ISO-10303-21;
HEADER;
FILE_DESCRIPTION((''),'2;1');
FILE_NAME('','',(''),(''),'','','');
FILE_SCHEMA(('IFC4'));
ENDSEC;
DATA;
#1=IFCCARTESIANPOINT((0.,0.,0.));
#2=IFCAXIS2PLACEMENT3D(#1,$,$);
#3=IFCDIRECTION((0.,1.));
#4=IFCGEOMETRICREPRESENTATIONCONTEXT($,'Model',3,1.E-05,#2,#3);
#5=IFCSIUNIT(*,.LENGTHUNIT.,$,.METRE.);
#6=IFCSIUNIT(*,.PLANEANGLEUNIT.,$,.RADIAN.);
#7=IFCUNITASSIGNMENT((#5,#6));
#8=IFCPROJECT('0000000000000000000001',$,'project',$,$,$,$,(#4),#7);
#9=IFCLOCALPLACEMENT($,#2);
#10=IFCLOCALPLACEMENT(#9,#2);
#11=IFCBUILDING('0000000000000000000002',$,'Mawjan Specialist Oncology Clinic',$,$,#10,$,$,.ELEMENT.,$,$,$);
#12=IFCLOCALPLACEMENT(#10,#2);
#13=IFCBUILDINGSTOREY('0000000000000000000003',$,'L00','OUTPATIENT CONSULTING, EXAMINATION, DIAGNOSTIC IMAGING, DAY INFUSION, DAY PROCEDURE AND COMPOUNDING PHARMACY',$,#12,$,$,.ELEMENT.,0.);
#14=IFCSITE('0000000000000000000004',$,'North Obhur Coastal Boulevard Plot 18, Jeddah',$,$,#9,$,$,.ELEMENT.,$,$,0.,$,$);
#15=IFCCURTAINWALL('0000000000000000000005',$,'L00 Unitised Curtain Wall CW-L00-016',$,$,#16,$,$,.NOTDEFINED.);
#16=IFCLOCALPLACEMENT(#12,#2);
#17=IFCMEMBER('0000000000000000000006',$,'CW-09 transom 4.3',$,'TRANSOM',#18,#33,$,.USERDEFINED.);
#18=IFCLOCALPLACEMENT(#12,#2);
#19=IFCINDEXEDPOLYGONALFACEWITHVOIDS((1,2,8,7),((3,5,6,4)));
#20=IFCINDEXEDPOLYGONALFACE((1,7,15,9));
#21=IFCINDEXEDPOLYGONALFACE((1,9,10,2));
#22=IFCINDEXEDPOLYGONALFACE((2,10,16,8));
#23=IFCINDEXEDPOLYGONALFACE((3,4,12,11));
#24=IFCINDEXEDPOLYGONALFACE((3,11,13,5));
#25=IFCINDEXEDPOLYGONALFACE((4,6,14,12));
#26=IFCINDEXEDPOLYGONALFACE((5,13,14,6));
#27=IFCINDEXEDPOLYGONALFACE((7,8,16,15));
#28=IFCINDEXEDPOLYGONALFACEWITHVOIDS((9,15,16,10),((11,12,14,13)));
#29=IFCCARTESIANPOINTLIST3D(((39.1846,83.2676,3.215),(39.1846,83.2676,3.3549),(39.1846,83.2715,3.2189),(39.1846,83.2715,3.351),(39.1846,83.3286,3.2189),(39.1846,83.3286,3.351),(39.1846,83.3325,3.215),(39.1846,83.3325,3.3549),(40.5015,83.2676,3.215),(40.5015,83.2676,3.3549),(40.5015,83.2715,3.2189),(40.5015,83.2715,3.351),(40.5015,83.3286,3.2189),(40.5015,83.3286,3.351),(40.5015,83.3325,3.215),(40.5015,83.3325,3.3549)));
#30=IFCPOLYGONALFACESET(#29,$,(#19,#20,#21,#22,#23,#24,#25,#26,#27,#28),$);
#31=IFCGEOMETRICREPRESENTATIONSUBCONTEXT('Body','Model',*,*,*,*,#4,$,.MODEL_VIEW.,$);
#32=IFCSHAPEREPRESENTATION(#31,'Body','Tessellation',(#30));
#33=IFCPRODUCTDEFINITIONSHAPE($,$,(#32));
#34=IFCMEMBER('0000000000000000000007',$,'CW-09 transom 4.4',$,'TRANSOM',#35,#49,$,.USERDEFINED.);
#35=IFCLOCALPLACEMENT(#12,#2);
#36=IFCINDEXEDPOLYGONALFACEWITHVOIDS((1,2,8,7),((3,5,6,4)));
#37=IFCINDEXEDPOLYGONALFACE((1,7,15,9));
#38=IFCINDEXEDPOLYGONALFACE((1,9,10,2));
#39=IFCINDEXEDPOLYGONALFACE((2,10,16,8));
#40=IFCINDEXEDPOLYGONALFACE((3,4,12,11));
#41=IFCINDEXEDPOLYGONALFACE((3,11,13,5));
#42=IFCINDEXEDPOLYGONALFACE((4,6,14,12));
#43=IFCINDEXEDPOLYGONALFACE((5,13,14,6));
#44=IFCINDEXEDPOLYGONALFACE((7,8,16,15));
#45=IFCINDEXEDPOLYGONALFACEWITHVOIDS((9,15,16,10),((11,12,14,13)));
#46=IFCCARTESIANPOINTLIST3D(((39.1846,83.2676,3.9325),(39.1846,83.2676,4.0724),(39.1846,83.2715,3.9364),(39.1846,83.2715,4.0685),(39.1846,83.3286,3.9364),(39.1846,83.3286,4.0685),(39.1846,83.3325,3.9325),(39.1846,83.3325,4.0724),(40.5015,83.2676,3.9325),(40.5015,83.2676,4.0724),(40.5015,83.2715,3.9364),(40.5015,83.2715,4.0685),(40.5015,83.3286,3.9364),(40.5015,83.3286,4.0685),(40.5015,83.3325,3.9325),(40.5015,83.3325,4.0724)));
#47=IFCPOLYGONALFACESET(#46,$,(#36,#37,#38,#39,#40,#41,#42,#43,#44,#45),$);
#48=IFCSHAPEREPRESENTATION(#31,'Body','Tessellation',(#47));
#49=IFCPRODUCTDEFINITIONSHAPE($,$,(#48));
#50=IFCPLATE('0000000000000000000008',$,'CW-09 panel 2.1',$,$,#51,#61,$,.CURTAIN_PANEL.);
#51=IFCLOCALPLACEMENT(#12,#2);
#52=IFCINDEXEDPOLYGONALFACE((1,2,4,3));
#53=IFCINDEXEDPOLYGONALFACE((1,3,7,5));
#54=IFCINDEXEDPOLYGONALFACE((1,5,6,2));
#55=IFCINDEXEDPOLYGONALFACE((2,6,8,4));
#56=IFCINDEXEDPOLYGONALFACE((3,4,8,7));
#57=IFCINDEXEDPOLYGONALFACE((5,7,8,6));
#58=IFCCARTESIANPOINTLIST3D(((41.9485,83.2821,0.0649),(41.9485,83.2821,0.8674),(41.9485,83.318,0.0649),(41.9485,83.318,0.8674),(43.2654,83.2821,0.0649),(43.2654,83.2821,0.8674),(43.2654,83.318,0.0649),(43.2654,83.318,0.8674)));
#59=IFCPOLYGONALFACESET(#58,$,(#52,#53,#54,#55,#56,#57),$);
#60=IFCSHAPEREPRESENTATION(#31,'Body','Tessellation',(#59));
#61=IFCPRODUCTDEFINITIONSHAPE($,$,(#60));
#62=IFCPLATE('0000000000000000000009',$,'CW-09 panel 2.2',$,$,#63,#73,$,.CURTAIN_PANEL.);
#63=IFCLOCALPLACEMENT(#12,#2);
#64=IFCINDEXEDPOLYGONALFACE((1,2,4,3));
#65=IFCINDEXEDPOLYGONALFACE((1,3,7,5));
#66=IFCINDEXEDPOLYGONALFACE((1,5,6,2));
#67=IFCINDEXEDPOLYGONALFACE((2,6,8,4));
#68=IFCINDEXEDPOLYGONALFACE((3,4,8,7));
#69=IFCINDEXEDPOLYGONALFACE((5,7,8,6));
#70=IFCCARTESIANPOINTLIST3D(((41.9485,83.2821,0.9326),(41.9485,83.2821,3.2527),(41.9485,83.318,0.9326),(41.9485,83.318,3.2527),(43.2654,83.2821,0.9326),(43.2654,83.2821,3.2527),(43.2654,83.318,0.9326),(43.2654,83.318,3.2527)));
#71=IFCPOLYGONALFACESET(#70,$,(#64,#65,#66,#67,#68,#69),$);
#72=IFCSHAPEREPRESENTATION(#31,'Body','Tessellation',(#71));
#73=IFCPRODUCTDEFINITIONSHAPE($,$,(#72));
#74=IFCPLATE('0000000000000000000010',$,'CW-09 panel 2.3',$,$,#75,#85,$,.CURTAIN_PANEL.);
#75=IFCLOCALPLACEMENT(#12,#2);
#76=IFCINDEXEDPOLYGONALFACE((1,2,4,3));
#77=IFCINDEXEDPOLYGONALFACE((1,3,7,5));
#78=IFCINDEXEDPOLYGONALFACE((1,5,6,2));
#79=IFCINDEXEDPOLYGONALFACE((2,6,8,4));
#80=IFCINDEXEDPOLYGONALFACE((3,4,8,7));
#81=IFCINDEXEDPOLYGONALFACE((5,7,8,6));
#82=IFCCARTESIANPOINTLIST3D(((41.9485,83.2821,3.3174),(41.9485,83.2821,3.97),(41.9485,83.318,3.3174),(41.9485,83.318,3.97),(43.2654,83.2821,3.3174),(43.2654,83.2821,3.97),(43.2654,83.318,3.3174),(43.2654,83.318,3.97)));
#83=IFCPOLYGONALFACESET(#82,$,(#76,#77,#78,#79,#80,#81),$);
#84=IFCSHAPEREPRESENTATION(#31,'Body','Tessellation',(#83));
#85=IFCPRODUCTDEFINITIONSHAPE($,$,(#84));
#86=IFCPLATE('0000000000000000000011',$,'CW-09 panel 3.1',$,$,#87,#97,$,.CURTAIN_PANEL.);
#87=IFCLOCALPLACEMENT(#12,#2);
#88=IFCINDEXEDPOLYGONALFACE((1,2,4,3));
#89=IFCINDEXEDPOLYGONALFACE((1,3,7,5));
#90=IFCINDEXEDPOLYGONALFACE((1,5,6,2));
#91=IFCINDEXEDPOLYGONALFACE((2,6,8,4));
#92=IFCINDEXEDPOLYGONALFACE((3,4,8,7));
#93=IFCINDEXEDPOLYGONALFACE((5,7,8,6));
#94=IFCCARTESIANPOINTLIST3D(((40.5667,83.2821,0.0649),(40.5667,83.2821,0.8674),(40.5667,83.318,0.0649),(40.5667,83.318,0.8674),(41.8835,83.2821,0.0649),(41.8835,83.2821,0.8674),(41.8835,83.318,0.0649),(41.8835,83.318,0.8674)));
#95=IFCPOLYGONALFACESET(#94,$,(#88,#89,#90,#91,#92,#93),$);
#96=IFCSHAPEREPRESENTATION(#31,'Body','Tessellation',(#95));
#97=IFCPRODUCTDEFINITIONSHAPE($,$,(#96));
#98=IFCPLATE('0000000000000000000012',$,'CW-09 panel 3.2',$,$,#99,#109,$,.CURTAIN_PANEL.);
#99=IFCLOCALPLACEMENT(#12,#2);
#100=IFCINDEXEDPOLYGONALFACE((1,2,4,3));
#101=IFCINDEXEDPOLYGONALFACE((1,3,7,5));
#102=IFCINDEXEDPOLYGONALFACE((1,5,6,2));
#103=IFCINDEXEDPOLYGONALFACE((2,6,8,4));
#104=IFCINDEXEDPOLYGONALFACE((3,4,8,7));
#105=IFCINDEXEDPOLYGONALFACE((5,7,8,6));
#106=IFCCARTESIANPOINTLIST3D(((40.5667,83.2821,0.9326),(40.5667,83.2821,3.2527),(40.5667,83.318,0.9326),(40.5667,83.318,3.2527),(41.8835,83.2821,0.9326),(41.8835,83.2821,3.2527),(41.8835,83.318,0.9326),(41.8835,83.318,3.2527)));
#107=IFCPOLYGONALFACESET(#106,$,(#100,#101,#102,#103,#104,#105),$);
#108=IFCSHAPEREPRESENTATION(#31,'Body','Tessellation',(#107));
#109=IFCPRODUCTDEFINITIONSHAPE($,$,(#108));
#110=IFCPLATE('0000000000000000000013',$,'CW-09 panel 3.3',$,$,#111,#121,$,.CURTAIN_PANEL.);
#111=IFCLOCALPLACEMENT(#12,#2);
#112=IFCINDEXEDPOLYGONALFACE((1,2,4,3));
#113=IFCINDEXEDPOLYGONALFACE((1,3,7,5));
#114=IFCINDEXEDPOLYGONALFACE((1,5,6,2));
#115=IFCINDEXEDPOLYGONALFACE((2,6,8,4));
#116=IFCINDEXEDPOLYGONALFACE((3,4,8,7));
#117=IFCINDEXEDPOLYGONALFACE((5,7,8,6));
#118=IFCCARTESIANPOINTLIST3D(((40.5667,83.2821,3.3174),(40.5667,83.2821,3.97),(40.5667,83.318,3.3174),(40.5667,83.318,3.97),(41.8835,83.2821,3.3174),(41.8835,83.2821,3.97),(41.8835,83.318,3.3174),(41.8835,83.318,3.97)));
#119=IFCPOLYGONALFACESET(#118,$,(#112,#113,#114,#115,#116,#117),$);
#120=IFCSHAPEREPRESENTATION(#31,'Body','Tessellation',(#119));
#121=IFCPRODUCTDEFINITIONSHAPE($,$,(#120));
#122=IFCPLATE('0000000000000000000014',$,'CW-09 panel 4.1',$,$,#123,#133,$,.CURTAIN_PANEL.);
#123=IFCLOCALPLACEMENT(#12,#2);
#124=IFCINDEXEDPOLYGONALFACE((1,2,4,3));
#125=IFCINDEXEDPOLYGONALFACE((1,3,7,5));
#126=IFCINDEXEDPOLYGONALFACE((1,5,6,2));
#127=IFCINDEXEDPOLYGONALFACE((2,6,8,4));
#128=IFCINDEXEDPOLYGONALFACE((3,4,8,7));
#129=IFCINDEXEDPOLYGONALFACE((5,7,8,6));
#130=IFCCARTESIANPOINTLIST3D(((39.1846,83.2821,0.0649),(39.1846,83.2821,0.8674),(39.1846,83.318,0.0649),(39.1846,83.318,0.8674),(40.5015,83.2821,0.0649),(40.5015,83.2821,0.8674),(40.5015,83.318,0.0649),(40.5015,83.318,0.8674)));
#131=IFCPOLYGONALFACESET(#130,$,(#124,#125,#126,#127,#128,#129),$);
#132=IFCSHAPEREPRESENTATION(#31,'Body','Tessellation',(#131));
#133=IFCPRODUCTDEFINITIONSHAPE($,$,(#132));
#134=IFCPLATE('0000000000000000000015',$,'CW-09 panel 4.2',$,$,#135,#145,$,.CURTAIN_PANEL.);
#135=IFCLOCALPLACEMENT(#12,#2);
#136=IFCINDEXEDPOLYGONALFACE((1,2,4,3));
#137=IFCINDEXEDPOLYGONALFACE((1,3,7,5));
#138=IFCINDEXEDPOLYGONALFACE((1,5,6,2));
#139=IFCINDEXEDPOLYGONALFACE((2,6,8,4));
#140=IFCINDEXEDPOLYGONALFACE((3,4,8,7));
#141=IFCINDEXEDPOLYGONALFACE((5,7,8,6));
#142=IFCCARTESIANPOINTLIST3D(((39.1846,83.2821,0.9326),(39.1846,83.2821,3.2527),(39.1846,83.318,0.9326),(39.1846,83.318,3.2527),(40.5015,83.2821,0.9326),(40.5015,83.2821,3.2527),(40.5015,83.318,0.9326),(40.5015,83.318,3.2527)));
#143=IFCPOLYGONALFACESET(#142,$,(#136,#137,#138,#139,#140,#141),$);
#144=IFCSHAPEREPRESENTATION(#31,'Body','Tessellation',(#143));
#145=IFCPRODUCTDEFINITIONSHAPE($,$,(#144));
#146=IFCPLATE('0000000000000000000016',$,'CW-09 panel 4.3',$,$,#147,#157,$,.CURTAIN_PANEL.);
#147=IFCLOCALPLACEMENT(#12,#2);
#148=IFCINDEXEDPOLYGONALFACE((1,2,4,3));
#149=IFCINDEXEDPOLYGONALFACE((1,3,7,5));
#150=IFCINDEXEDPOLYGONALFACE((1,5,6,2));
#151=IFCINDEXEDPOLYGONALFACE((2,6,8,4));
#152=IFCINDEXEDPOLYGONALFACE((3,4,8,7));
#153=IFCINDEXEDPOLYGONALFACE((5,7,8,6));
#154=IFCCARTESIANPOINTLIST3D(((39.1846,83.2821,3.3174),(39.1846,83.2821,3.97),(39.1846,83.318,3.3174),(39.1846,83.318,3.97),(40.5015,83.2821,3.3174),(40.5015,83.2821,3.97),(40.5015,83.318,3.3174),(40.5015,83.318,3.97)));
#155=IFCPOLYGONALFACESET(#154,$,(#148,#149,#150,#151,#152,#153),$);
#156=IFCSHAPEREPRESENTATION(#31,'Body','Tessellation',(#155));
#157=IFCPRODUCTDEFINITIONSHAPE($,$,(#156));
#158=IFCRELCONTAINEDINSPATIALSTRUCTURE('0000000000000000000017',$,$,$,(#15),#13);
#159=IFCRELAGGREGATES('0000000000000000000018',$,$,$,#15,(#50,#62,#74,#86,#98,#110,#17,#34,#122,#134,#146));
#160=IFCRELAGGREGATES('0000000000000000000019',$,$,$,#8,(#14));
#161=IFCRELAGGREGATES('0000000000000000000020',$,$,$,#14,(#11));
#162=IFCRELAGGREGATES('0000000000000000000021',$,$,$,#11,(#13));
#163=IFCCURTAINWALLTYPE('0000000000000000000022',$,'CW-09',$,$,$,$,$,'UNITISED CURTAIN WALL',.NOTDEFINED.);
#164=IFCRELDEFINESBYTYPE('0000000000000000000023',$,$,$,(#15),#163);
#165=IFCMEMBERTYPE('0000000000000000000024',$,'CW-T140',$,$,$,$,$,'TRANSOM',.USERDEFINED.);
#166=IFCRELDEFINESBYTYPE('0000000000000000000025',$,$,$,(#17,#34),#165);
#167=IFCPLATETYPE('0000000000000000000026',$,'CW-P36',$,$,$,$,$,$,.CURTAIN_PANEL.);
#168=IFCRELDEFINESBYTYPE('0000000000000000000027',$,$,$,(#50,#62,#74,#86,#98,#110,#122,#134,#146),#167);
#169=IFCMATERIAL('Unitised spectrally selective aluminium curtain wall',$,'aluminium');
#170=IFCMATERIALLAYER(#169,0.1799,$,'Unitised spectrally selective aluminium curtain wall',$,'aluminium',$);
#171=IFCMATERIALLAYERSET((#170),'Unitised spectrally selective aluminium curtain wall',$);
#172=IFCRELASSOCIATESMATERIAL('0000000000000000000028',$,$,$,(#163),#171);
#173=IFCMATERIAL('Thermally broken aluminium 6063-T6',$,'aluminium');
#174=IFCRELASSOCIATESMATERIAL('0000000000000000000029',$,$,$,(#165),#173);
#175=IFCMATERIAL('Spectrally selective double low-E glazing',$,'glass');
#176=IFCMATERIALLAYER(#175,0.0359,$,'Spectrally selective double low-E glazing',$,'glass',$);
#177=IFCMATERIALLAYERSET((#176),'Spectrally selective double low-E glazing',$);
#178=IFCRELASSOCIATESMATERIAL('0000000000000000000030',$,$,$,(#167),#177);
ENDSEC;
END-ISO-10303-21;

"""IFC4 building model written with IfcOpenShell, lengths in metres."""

from ifc_helpers import new_model, si_unit, direction, frame, origin, origin_2d, place, context, subcontext, project, spatial, rectangle, hollow_rectangle, extrude, material, layer, layer_set, material_profile, profile_set, type_object, element, aggregate, save


model = new_model("IFC4")

# Units and contexts
model_context = context("Model", 3, precision=1e-05, world=origin(), true_north=direction((0.0, 1.0)))
body_context = subcontext(model_context, "Body", "Model", "MODEL_VIEW")
ifc_project = project(units=[si_unit("LENGTHUNIT", "METRE"), si_unit("PLANEANGLEUNIT", "RADIAN")], contexts=[model_context])

# Site, building, storey
site_placement = place(None, origin())
site = spatial("IfcSite", under=ifc_project, at=site_placement, Name="North Obhur Coastal Boulevard Plot 18, Jeddah", CompositionType="ELEMENT", RefElevation=0.0)
building_placement = place(site_placement, origin())
building = spatial("IfcBuilding", under=site, at=building_placement, Name="Mawjan Specialist Oncology Clinic", CompositionType="ELEMENT")
storey_placement = place(building_placement, origin())
storey = spatial("IfcBuildingStorey", under=building, at=storey_placement, Name="L00", Description="OUTPATIENT CONSULTING, EXAMINATION, DIAGNOSTIC IMAGING, DAY INFUSION, DAY PROCEDURE AND COMPOUNDING PHARMACY", CompositionType="ELEMENT", Elevation=0.0)

# Curtain wall, members, plates
ifc_material_1 = material(Name="Unitised spectrally selective aluminium curtain wall", Category="aluminium")
ifc_layer_1 = layer(ifc_material_1, 0.1799, Name="Unitised spectrally selective aluminium curtain wall", Category="aluminium")
ifc_layer_set_1 = layer_set([ifc_layer_1], Name="Unitised spectrally selective aluminium curtain wall")
curtain_wall_type = type_object("IfcCurtainWallType", Name="CW-09", ElementType="UNITISED CURTAIN WALL", PredefinedType="NOTDEFINED", material=ifc_layer_set_1)
curtain_wall_placement = place(storey_placement, origin())
curtain_wall = element("IfcCurtainWall", 1, at=curtain_wall_placement, inside=storey, type_object=curtain_wall_type, Name="L00 Unitised Curtain Wall CW-L00-016", PredefinedType="NOTDEFINED")
ifc_material_2 = material(Name="Thermally broken aluminium 6063-T6", Category="aluminium")
ifc_material_profile_1 = material_profile(ifc_material_2, hollow_rectangle(XDim=0.0649, YDim=0.1399, WallThickness=0.0039, at=origin_2d()), Name="ALU TRANSOM 140x65x4", Category="aluminium")
ifc_profile_set_1 = profile_set([ifc_material_profile_1], Name="Thermally broken aluminium 6063-T6")
member_type_1 = type_object("IfcMemberType", Name="CW-T140", ElementType="TRANSOM", PredefinedType="USERDEFINED", material=ifc_profile_set_1)
member_1_placement = place(storey_placement, frame((40.5015, 83.3, 3.2849), z_axis=(-1.0, 0.0, 0.0), x_axis=(0.0, -1.0, 0.0)))
member_1 = element("IfcMember", 2, at=member_1_placement, type_object=member_type_1, Name="CW-09 transom 4.3", ObjectType="TRANSOM", PredefinedType="USERDEFINED", context=body_context, shape_type="SweptSolid", body=[
    extrude(hollow_rectangle(XDim=0.0649, YDim=0.1399, WallThickness=0.0039, at=origin_2d()), origin(), (0.0, 0.0, 1.0), 1.3169),
])
member_2_placement = place(storey_placement, frame((40.5015, 83.3, 4.0024), z_axis=(-1.0, 0.0, 0.0), x_axis=(0.0, -1.0, 0.0)))
member_2 = element("IfcMember", 3, at=member_2_placement, type_object=member_type_1, Name="CW-09 transom 4.4", ObjectType="TRANSOM", PredefinedType="USERDEFINED", context=body_context, shape_type="SweptSolid", body=[
    extrude(hollow_rectangle(XDim=0.0649, YDim=0.1399, WallThickness=0.0039, at=origin_2d()), origin(), (0.0, 0.0, 1.0), 1.3169),
])
ifc_material_3 = material(Name="Spectrally selective double low-E glazing", Category="glass")
ifc_layer_2 = layer(ifc_material_3, 0.0359, Name="Spectrally selective double low-E glazing", Category="glass")
ifc_layer_set_2 = layer_set([ifc_layer_2], Name="Spectrally selective double low-E glazing")
plate_type = type_object("IfcPlateType", Name="CW-P36", PredefinedType="CURTAIN_PANEL", material=ifc_layer_set_2)
plate_1_placement = place(storey_placement, frame((42.6069, 83.3, 0.0649), z_axis=(0.0, 0.0, 1.0), x_axis=(-1.0, 0.0, 0.0)))
plate_1 = element("IfcPlate", 4, at=plate_1_placement, type_object=plate_type, Name="CW-09 panel 2.1", PredefinedType="CURTAIN_PANEL", context=body_context, shape_type="SweptSolid", body=[
    extrude(rectangle(XDim=1.3169, YDim=0.0359, at=origin_2d()), origin(), (0.0, 0.0, 1.0), 0.8025),
])
plate_2_placement = place(storey_placement, frame((42.6069, 83.3, 0.9326), z_axis=(0.0, 0.0, 1.0), x_axis=(-1.0, 0.0, 0.0)))
plate_2 = element("IfcPlate", 5, at=plate_2_placement, type_object=plate_type, Name="CW-09 panel 2.2", PredefinedType="CURTAIN_PANEL", context=body_context, shape_type="SweptSolid", body=[
    extrude(rectangle(XDim=1.3169, YDim=0.0359, at=origin_2d()), origin(), (0.0, 0.0, 1.0), 2.3201),
])
plate_3_placement = place(storey_placement, frame((42.6069, 83.3, 3.3174), z_axis=(0.0, 0.0, 1.0), x_axis=(-1.0, 0.0, 0.0)))
plate_3 = element("IfcPlate", 6, at=plate_3_placement, type_object=plate_type, Name="CW-09 panel 2.3", PredefinedType="CURTAIN_PANEL", context=body_context, shape_type="SweptSolid", body=[
    extrude(rectangle(XDim=1.3169, YDim=0.0359, at=origin_2d()), origin(), (0.0, 0.0, 1.0), 0.6526),
])
plate_4_placement = place(storey_placement, frame((41.2251, 83.3, 0.0649), z_axis=(0.0, 0.0, 1.0), x_axis=(-1.0, 0.0, 0.0)))
plate_4 = element("IfcPlate", 7, at=plate_4_placement, type_object=plate_type, Name="CW-09 panel 3.1", PredefinedType="CURTAIN_PANEL", context=body_context, shape_type="SweptSolid", body=[
    extrude(rectangle(XDim=1.3169, YDim=0.0359, at=origin_2d()), origin(), (0.0, 0.0, 1.0), 0.8025),
])
plate_5_placement = place(storey_placement, frame((41.2251, 83.3, 0.9326), z_axis=(0.0, 0.0, 1.0), x_axis=(-1.0, 0.0, 0.0)))
plate_5 = element("IfcPlate", 8, at=plate_5_placement, type_object=plate_type, Name="CW-09 panel 3.2", PredefinedType="CURTAIN_PANEL", context=body_context, shape_type="SweptSolid", body=[
    extrude(rectangle(XDim=1.3169, YDim=0.0359, at=origin_2d()), origin(), (0.0, 0.0, 1.0), 2.3201),
])
plate_6_placement = place(storey_placement, frame((41.2251, 83.3, 3.3174), z_axis=(0.0, 0.0, 1.0), x_axis=(-1.0, 0.0, 0.0)))
plate_6 = element("IfcPlate", 9, at=plate_6_placement, type_object=plate_type, Name="CW-09 panel 3.3", PredefinedType="CURTAIN_PANEL", context=body_context, shape_type="SweptSolid", body=[
    extrude(rectangle(XDim=1.3169, YDim=0.0359, at=origin_2d()), origin(), (0.0, 0.0, 1.0), 0.6526),
])
plate_7_placement = place(storey_placement, frame((39.843, 83.3, 0.0649), z_axis=(0.0, 0.0, 1.0), x_axis=(-1.0, 0.0, 0.0)))
plate_7 = element("IfcPlate", 10, at=plate_7_placement, type_object=plate_type, Name="CW-09 panel 4.1", PredefinedType="CURTAIN_PANEL", context=body_context, shape_type="SweptSolid", body=[
    extrude(rectangle(XDim=1.3169, YDim=0.0359, at=origin_2d()), origin(), (0.0, 0.0, 1.0), 0.8025),
])
plate_8_placement = place(storey_placement, frame((39.843, 83.3, 0.9326), z_axis=(0.0, 0.0, 1.0), x_axis=(-1.0, 0.0, 0.0)))
plate_8 = element("IfcPlate", 11, at=plate_8_placement, type_object=plate_type, Name="CW-09 panel 4.2", PredefinedType="CURTAIN_PANEL", context=body_context, shape_type="SweptSolid", body=[
    extrude(rectangle(XDim=1.3169, YDim=0.0359, at=origin_2d()), origin(), (0.0, 0.0, 1.0), 2.3201),
])
plate_9_placement = place(storey_placement, frame((39.843, 83.3, 3.3174), z_axis=(0.0, 0.0, 1.0), x_axis=(-1.0, 0.0, 0.0)))
plate_9 = element("IfcPlate", 12, at=plate_9_placement, type_object=plate_type, Name="CW-09 panel 4.3", PredefinedType="CURTAIN_PANEL", context=body_context, shape_type="SweptSolid", body=[
    extrude(rectangle(XDim=1.3169, YDim=0.0359, at=origin_2d()), origin(), (0.0, 0.0, 1.0), 0.6526),
])
aggregate(curtain_wall, [plate_1, plate_2, plate_3, plate_4, plate_5, plate_6, member_1, member_2, plate_7, plate_8, plate_9])

save(model, "model.ifc")
